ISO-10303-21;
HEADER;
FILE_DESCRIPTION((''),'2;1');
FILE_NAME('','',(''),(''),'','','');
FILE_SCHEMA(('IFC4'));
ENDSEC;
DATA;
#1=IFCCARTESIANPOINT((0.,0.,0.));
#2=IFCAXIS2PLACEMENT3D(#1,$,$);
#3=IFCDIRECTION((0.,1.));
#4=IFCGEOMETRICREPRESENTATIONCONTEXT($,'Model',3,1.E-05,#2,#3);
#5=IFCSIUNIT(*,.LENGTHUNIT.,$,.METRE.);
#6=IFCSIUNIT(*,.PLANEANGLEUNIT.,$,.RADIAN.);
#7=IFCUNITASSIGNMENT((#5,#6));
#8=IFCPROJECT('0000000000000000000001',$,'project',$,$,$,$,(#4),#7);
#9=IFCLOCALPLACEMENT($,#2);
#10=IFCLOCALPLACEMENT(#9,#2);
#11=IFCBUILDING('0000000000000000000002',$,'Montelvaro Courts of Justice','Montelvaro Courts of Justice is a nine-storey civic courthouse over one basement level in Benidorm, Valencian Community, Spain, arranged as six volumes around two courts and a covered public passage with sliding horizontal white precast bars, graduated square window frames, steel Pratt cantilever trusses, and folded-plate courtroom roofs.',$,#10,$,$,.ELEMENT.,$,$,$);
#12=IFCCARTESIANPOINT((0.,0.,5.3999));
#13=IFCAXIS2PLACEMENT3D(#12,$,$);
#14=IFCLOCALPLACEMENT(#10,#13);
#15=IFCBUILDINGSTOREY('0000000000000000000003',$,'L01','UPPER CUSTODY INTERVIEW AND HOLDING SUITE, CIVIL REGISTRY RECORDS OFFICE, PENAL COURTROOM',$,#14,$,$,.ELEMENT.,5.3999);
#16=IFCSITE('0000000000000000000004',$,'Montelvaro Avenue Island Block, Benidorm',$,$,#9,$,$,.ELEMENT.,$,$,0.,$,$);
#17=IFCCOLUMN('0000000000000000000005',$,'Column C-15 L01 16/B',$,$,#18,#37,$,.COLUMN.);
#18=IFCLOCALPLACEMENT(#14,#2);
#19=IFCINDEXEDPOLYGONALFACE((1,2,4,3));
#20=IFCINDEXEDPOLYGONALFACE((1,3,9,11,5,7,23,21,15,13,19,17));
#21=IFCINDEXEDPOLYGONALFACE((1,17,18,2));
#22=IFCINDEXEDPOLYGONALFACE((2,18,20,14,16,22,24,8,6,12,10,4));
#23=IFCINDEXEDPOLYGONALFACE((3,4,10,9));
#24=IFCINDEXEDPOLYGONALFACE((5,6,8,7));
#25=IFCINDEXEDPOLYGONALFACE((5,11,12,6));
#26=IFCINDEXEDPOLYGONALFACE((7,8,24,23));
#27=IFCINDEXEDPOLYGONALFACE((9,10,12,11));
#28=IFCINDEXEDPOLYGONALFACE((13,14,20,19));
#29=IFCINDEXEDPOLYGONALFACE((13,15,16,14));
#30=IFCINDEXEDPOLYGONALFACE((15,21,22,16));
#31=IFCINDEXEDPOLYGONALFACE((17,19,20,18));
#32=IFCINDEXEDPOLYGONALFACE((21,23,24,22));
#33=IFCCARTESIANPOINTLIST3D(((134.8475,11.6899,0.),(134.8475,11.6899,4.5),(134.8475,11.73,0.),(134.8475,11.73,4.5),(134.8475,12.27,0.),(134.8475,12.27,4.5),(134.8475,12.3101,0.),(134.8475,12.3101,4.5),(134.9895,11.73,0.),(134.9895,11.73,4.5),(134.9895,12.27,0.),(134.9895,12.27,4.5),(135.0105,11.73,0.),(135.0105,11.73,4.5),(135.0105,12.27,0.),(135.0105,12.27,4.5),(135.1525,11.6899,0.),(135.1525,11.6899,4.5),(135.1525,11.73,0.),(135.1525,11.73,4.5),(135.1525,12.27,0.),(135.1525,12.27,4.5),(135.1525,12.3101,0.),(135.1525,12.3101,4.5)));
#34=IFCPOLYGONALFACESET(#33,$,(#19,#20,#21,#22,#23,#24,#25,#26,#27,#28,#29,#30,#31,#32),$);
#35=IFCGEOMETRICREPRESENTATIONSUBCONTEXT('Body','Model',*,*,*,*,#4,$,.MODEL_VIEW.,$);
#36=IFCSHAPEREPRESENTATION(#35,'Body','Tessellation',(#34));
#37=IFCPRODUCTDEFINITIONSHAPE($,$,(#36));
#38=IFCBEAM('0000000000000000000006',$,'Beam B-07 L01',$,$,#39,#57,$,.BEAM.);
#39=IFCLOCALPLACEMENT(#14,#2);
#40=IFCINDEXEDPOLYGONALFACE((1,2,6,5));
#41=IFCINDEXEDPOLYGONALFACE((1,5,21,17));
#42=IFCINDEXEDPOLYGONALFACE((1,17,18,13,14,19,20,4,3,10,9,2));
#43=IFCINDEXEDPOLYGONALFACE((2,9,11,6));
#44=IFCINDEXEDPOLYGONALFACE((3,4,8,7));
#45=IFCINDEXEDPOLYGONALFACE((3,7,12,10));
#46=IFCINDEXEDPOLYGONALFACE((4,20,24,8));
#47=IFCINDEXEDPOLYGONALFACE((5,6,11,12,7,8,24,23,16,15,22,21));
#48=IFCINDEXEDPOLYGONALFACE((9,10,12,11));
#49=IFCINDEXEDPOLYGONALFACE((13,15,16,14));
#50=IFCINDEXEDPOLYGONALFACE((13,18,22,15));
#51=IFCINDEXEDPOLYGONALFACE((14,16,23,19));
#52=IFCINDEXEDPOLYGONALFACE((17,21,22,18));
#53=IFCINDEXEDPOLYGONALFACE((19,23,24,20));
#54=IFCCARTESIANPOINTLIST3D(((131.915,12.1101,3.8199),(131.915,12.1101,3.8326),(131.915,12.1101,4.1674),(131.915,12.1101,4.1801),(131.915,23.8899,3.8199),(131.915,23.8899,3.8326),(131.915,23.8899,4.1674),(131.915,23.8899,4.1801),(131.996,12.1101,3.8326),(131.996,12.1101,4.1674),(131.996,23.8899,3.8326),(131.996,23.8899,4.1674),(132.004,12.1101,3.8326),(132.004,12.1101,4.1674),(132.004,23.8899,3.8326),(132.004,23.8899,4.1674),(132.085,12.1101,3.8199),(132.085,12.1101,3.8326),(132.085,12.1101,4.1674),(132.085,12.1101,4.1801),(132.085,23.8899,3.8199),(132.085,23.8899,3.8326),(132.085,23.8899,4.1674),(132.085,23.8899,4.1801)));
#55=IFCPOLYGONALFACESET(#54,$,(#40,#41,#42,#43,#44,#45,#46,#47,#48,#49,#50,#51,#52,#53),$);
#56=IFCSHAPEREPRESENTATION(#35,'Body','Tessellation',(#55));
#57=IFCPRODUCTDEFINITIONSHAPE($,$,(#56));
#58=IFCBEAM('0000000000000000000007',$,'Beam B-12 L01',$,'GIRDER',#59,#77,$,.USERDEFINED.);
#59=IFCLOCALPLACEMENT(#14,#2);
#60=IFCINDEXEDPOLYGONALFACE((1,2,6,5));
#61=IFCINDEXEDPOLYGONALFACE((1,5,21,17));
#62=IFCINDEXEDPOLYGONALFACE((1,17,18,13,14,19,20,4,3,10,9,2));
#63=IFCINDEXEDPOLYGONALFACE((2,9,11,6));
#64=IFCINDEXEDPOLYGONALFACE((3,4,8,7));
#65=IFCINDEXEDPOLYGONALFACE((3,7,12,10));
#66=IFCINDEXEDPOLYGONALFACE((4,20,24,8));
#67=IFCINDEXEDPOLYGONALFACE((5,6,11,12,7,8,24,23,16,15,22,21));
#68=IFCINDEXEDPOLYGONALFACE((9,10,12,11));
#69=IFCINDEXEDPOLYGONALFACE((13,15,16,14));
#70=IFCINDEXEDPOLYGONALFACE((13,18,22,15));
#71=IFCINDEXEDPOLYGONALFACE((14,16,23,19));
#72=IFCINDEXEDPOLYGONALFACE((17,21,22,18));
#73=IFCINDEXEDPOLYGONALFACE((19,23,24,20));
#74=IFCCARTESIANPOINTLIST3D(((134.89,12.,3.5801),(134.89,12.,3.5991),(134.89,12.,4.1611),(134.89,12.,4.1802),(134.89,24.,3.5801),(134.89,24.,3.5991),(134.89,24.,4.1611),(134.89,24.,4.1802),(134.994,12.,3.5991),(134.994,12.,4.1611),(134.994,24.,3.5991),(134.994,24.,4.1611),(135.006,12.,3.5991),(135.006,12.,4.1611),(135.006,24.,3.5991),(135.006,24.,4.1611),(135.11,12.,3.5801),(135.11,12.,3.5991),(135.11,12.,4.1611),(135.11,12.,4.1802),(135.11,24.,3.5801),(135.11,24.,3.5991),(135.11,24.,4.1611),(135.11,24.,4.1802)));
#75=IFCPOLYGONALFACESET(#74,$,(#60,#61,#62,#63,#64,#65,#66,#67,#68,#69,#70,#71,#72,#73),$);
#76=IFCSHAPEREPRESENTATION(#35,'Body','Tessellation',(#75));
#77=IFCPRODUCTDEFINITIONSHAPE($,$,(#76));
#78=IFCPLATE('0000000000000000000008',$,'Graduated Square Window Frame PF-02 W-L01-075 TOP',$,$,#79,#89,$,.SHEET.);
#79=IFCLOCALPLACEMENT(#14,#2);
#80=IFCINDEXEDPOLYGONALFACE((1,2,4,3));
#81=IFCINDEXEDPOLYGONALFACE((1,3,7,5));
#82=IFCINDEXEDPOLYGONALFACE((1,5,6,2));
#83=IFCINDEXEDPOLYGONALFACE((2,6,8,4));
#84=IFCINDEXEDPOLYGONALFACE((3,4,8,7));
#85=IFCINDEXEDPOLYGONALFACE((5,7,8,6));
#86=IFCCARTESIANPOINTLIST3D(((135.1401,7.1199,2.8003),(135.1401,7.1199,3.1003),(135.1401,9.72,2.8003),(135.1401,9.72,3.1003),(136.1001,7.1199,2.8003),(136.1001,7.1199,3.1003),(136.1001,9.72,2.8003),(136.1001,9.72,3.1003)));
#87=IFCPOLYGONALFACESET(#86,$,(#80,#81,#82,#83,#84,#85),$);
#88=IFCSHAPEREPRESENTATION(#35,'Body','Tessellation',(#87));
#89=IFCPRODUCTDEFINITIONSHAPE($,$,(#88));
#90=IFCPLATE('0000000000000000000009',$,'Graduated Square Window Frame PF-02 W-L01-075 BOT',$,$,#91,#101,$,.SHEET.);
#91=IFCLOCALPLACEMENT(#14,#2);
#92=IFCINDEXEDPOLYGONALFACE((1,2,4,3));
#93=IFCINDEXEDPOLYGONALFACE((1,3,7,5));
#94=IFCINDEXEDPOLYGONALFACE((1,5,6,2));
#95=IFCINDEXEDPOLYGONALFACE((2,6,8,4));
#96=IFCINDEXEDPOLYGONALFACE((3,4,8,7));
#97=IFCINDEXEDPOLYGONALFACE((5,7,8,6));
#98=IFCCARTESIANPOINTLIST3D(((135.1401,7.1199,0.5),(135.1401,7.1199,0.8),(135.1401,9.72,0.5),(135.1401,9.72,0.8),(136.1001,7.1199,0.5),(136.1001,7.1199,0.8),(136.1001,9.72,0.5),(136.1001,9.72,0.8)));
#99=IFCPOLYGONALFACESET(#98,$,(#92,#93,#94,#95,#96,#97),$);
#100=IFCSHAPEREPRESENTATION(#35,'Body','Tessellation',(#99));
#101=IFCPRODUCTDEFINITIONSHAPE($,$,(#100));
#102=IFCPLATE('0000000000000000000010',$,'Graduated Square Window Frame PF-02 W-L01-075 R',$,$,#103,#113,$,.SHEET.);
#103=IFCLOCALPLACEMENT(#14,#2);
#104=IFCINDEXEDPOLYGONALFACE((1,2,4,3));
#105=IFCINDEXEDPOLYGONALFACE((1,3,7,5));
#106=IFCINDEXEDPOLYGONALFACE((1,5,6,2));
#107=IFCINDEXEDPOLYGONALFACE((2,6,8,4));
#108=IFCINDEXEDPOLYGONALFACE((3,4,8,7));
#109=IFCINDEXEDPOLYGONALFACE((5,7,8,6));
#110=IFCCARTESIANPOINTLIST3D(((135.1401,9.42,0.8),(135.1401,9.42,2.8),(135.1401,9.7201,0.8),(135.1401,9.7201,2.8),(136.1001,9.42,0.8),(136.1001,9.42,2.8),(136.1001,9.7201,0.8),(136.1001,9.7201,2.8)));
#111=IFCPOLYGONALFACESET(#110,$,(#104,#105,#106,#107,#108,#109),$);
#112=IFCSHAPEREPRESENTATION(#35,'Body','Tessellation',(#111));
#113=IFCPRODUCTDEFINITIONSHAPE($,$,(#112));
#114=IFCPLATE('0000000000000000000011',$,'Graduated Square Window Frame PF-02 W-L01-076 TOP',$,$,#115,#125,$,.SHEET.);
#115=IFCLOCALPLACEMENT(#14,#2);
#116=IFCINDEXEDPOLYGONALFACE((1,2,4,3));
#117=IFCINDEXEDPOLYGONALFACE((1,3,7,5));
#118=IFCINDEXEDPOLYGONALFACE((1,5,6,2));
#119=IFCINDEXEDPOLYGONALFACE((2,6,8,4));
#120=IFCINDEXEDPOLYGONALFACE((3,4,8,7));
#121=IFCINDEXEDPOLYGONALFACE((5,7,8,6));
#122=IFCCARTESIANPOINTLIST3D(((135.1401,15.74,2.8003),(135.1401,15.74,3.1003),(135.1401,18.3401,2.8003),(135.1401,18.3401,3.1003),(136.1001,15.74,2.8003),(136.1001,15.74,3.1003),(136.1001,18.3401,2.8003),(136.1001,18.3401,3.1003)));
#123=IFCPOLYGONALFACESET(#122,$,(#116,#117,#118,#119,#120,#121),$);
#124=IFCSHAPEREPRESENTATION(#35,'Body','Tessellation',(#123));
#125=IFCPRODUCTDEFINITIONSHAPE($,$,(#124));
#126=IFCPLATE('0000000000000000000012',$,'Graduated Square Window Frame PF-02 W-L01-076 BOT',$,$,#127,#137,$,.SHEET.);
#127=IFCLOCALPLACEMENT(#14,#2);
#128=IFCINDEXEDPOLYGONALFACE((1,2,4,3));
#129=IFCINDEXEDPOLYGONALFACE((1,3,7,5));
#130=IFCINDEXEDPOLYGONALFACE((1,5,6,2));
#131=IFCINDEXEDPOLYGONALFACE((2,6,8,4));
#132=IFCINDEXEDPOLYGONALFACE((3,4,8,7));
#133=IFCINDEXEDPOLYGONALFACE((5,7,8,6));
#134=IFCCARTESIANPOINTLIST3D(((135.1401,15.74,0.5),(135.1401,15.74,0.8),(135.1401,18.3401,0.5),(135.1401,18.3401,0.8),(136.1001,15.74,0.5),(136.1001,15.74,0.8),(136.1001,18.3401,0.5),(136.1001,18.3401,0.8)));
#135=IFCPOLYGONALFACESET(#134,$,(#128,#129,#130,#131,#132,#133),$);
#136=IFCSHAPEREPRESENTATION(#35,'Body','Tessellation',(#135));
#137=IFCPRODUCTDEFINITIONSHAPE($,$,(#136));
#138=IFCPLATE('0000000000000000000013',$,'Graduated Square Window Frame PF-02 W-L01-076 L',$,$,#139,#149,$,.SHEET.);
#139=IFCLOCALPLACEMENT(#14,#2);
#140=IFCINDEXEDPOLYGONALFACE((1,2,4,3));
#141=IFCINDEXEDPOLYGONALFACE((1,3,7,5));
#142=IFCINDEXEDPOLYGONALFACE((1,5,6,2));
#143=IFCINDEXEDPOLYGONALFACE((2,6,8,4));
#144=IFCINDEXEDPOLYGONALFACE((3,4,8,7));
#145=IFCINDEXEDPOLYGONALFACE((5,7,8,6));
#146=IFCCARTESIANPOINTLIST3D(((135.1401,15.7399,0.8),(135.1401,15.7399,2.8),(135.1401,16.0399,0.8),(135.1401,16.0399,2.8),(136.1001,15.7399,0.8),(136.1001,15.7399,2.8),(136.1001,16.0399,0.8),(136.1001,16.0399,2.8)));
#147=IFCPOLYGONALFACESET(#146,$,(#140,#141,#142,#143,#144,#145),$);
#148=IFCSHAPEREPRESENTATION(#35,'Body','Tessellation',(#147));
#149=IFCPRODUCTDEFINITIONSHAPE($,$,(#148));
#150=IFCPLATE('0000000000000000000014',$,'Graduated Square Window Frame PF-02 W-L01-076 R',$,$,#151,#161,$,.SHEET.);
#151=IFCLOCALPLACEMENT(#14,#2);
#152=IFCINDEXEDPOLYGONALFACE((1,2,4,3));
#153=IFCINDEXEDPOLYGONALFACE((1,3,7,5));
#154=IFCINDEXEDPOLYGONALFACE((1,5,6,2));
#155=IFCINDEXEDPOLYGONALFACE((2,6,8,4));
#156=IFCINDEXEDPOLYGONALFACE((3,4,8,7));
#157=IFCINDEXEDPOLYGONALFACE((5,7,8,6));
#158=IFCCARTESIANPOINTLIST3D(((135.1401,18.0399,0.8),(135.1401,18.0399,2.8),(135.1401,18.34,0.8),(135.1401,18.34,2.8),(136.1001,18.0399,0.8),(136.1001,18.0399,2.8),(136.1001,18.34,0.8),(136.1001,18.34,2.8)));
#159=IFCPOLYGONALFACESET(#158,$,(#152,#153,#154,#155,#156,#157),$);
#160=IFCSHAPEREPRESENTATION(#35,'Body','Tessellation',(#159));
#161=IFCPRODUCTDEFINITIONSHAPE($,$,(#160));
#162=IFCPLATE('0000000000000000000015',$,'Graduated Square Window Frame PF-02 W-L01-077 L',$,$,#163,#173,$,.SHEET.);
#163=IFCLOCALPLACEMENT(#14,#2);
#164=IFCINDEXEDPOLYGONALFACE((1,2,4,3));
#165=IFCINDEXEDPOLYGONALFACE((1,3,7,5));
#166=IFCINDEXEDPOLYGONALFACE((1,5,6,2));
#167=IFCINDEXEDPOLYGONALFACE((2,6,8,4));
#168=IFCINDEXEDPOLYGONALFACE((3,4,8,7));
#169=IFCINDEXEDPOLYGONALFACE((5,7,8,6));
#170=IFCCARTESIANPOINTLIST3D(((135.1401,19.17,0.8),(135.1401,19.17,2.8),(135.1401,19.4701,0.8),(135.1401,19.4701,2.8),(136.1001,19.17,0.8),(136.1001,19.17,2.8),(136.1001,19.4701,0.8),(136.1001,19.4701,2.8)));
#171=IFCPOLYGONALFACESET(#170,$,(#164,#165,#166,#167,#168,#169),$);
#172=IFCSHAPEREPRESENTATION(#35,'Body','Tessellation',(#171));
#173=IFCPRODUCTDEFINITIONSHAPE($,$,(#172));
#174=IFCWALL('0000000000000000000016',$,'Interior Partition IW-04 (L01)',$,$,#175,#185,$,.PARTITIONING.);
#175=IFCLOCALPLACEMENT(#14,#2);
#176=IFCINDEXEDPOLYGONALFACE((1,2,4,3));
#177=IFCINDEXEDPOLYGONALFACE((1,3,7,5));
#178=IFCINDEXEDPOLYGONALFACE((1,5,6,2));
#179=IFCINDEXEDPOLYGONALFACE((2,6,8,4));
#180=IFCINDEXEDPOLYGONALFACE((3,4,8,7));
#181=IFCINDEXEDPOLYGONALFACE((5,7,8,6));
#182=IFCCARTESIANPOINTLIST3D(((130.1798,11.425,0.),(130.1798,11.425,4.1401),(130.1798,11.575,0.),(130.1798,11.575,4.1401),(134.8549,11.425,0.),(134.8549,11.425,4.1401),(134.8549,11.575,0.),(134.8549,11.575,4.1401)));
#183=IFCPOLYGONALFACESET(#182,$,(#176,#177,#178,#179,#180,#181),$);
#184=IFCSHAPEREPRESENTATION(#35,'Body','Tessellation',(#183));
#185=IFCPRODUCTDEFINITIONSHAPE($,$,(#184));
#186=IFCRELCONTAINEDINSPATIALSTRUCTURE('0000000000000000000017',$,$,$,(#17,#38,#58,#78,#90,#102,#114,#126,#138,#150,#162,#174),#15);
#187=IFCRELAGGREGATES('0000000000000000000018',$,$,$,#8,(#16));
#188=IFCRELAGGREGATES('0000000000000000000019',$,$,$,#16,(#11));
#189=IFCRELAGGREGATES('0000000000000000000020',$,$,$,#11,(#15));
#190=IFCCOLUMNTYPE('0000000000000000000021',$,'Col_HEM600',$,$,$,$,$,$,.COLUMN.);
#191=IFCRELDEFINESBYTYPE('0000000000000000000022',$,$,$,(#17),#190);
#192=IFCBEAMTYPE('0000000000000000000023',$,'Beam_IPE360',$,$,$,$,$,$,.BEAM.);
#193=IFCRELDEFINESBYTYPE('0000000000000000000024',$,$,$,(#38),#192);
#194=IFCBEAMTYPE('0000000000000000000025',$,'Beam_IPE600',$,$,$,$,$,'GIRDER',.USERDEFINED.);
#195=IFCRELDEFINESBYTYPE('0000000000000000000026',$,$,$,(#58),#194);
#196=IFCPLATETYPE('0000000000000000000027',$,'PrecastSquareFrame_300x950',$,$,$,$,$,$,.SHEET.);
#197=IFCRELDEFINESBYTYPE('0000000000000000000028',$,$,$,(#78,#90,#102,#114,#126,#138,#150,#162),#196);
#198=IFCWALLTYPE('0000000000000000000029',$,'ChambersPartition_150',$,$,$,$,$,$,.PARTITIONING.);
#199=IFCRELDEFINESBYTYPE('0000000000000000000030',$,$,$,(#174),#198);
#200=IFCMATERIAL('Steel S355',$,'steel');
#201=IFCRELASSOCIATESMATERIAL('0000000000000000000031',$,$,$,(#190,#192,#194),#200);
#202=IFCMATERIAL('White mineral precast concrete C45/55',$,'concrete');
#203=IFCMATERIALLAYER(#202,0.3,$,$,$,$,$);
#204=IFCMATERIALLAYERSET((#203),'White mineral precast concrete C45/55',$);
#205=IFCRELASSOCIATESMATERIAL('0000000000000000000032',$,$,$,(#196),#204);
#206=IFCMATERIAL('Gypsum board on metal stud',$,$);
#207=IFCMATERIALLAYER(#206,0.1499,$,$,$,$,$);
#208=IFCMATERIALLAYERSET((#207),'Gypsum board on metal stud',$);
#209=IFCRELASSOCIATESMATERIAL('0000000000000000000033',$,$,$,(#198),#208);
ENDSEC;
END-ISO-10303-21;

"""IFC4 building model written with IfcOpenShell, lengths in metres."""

from ifc_helpers import new_model, si_unit, direction, frame, frame_2d, origin, origin_2d, place, context, subcontext, project, spatial, rectangle, i_section, extrude, material, layer, layer_set, material_profile, profile_set, type_object, element, save


model = new_model("IFC4")

# Units and contexts
model_context = context("Model", 3, precision=1e-05, world=origin(), true_north=direction((0.0, 1.0)))
body_context = subcontext(model_context, "Body", "Model", "MODEL_VIEW")
ifc_project = project(units=[si_unit("LENGTHUNIT", "METRE"), si_unit("PLANEANGLEUNIT", "RADIAN")], contexts=[model_context])

# Site, building, storey
site_placement = place(None, origin())
site = spatial("IfcSite", under=ifc_project, at=site_placement, Name="Montelvaro Avenue Island Block, Benidorm", CompositionType="ELEMENT", RefElevation=0.0)
building_placement = place(site_placement, origin())
building = spatial("IfcBuilding", under=site, at=building_placement, Name="Montelvaro Courts of Justice", Description="Montelvaro Courts of Justice is a nine-storey civic courthouse over one basement level in Benidorm, Valencian Community, Spain, arranged as six volumes around two courts and a covered public passage with sliding horizontal white precast bars, graduated square window frames, steel Pratt cantilever trusses, and folded-plate courtroom roofs.", CompositionType="ELEMENT")
storey_placement = place(building_placement, frame((0.0, 0.0, 5.3999)))
storey = spatial("IfcBuildingStorey", under=building, at=storey_placement, Name="L01", Description="UPPER CUSTODY INTERVIEW AND HOLDING SUITE, CIVIL REGISTRY RECORDS OFFICE, PENAL COURTROOM", CompositionType="ELEMENT", Elevation=5.3999)

# Column
ifc_material_1 = material(Name="Steel S355", Category="steel")
ifc_material_profile_1 = material_profile(ifc_material_1, i_section(OverallWidth=0.3049, OverallDepth=0.6201, WebThickness=0.021, FlangeThickness=0.04, at=origin_2d()), Name="HEM 600")
ifc_profile_set_1 = profile_set([ifc_material_profile_1], Name="Steel S355")
column_type = type_object("IfcColumnType", Name="Col_HEM600", PredefinedType="COLUMN", material=ifc_profile_set_1)
column_placement = place(storey_placement, frame((135.0, 12.0, 0.0), z_axis=(0.0, 0.0, 1.0), x_axis=(1.0, 0.0, 0.0)))
element("IfcColumn", 1, at=column_placement, inside=storey, type_object=column_type, Name="Column C-15 L01 16/B", PredefinedType="COLUMN", context=body_context, shape_type="SweptSolid", body=[
    extrude(i_section(OverallWidth=0.3049, OverallDepth=0.6201, WebThickness=0.021, FlangeThickness=0.04, at=origin_2d()), origin(), (0.0, 0.0, 1.0), 4.5),
])

# Beams
ifc_material_profile_2 = material_profile(ifc_material_1, i_section(OverallWidth=0.1699, OverallDepth=0.3601, WebThickness=0.0081, FlangeThickness=0.0127, at=origin_2d()), Name="IPE 360")
ifc_profile_set_2 = profile_set([ifc_material_profile_2], Name="Steel S355")
beam_type_1 = type_object("IfcBeamType", Name="Beam_IPE360", PredefinedType="BEAM", material=ifc_profile_set_2)
beam_1_placement = place(storey_placement, frame((132.0, 12.1101, 4.0), z_axis=(0.0, 1.0, 0.0), x_axis=(-1.0, 0.0, 0.0)))
element("IfcBeam", 2, at=beam_1_placement, inside=storey, type_object=beam_type_1, Name="Beam B-07 L01", PredefinedType="BEAM", context=body_context, shape_type="SweptSolid", body=[
    extrude(i_section(OverallWidth=0.1699, OverallDepth=0.3601, WebThickness=0.0081, FlangeThickness=0.0127, at=origin_2d()), origin(), (0.0, 0.0, 1.0), 11.7798),
])
ifc_material_profile_3 = material_profile(ifc_material_1, i_section(OverallWidth=0.22, OverallDepth=0.6001, WebThickness=0.012, FlangeThickness=0.019, at=origin_2d()), Name="IPE 600")
ifc_profile_set_3 = profile_set([ifc_material_profile_3], Name="Steel S355")
beam_type_2 = type_object("IfcBeamType", Name="Beam_IPE600", ElementType="GIRDER", PredefinedType="USERDEFINED", material=ifc_profile_set_3)
beam_2_placement = place(storey_placement, frame((135.0, 12.0, 3.8801), z_axis=(0.0, 1.0, 0.0), x_axis=(-1.0, 0.0, 0.0)))
element("IfcBeam", 3, at=beam_2_placement, inside=storey, type_object=beam_type_2, Name="Beam B-12 L01", ObjectType="GIRDER", PredefinedType="USERDEFINED", context=body_context, shape_type="SweptSolid", body=[
    extrude(i_section(OverallWidth=0.22, OverallDepth=0.6001, WebThickness=0.012, FlangeThickness=0.019, at=origin_2d()), origin(), (0.0, 0.0, 1.0), 12.0),
])

# Plates
ifc_material_2 = material(Name="White mineral precast concrete C45/55", Category="concrete")
ifc_layer_1 = layer(ifc_material_2, 0.3)
ifc_layer_set_1 = layer_set([ifc_layer_1], Name="White mineral precast concrete C45/55")
plate_type = type_object("IfcPlateType", Name="PrecastSquareFrame_300x950", PredefinedType="SHEET", material=ifc_layer_set_1)
for number, where, z_axis, x_axis, name in (
    (4, (135.6201, 8.4199, 2.8003), (0.0, 0.0, 1.0), (0.0, 1.0, 0.0), "Graduated Square Window Frame PF-02 W-L01-075 TOP"),
    (5, (135.6201, 8.4199, 0.5), (0.0, 0.0, 1.0), (0.0, 1.0, 0.0), "Graduated Square Window Frame PF-02 W-L01-075 BOT"),
):
    element("IfcPlate", number, at=place(storey_placement, frame(where, z_axis=z_axis, x_axis=x_axis)), inside=storey, type_object=plate_type, Name=name, PredefinedType="SHEET", context=body_context, shape_type="SweptSolid", body=[
        extrude(rectangle(XDim=2.6001, YDim=0.96, at=origin_2d()), origin(), (0.0, 0.0, 1.0), 0.3),
    ])
plate_placement = place(storey_placement, frame((135.6201, 9.5701, 0.8), z_axis=(0.0, 0.0, 1.0), x_axis=(0.0, 1.0, 0.0)))
element("IfcPlate", 6, at=plate_placement, inside=storey, type_object=plate_type, Name="Graduated Square Window Frame PF-02 W-L01-075 R", PredefinedType="SHEET", context=body_context, shape_type="SweptSolid", body=[
    extrude(rectangle(XDim=0.3, YDim=0.96, at=origin_2d()), origin(), (0.0, 0.0, 1.0), 2.0),
])
for number, where, z_axis, x_axis, name in (
    (7, (135.6201, 17.04, 2.8003), (0.0, 0.0, 1.0), (0.0, 1.0, 0.0), "Graduated Square Window Frame PF-02 W-L01-076 TOP"),
    (8, (135.6201, 17.04, 0.5), (0.0, 0.0, 1.0), (0.0, 1.0, 0.0), "Graduated Square Window Frame PF-02 W-L01-076 BOT"),
):
    element("IfcPlate", number, at=place(storey_placement, frame(where, z_axis=z_axis, x_axis=x_axis)), inside=storey, type_object=plate_type, Name=name, PredefinedType="SHEET", context=body_context, shape_type="SweptSolid", body=[
        extrude(rectangle(XDim=2.6001, YDim=0.96, at=origin_2d()), origin(), (0.0, 0.0, 1.0), 0.3),
    ])
for number, where, z_axis, x_axis, name in (
    (9, (135.6201, 15.8899, 0.8), (0.0, 0.0, 1.0), (0.0, 1.0, 0.0), "Graduated Square Window Frame PF-02 W-L01-076 L"),
    (10, (135.6201, 18.1899, 0.8), (0.0, 0.0, 1.0), (0.0, 1.0, 0.0), "Graduated Square Window Frame PF-02 W-L01-076 R"),
    (11, (135.6201, 19.3201, 0.8), (0.0, 0.0, 1.0), (0.0, 1.0, 0.0), "Graduated Square Window Frame PF-02 W-L01-077 L"),
):
    element("IfcPlate", number, at=place(storey_placement, frame(where, z_axis=z_axis, x_axis=x_axis)), inside=storey, type_object=plate_type, Name=name, PredefinedType="SHEET", context=body_context, shape_type="SweptSolid", body=[
        extrude(rectangle(XDim=0.3, YDim=0.96, at=origin_2d()), origin(), (0.0, 0.0, 1.0), 2.0),
    ])

# Wall
ifc_material_3 = material(Name="Gypsum board on metal stud")
ifc_layer_2 = layer(ifc_material_3, 0.1499)
ifc_layer_set_2 = layer_set([ifc_layer_2], Name="Gypsum board on metal stud")
wall_type_1 = type_object("IfcWallType", Name="ChambersPartition_150", PredefinedType="PARTITIONING", material=ifc_layer_set_2)
wall_1_placement = place(storey_placement, frame((130.1799, 11.5, 0.0), z_axis=(0.0, 0.0, 1.0), x_axis=(1.0, 0.0, 0.0)))
element("IfcWall", 12, at=wall_1_placement, inside=storey, type_object=wall_type_1, Name="Interior Partition IW-04 (L01)", PredefinedType="PARTITIONING", context=body_context, shape_type="SweptSolid", body=[
    extrude(rectangle(XDim=4.675, YDim=0.1499, at=frame_2d((2.3374, 0.0))), origin(), (0.0, 0.0, 1.0), 4.1401),
])

save(model, "model.ifc")
